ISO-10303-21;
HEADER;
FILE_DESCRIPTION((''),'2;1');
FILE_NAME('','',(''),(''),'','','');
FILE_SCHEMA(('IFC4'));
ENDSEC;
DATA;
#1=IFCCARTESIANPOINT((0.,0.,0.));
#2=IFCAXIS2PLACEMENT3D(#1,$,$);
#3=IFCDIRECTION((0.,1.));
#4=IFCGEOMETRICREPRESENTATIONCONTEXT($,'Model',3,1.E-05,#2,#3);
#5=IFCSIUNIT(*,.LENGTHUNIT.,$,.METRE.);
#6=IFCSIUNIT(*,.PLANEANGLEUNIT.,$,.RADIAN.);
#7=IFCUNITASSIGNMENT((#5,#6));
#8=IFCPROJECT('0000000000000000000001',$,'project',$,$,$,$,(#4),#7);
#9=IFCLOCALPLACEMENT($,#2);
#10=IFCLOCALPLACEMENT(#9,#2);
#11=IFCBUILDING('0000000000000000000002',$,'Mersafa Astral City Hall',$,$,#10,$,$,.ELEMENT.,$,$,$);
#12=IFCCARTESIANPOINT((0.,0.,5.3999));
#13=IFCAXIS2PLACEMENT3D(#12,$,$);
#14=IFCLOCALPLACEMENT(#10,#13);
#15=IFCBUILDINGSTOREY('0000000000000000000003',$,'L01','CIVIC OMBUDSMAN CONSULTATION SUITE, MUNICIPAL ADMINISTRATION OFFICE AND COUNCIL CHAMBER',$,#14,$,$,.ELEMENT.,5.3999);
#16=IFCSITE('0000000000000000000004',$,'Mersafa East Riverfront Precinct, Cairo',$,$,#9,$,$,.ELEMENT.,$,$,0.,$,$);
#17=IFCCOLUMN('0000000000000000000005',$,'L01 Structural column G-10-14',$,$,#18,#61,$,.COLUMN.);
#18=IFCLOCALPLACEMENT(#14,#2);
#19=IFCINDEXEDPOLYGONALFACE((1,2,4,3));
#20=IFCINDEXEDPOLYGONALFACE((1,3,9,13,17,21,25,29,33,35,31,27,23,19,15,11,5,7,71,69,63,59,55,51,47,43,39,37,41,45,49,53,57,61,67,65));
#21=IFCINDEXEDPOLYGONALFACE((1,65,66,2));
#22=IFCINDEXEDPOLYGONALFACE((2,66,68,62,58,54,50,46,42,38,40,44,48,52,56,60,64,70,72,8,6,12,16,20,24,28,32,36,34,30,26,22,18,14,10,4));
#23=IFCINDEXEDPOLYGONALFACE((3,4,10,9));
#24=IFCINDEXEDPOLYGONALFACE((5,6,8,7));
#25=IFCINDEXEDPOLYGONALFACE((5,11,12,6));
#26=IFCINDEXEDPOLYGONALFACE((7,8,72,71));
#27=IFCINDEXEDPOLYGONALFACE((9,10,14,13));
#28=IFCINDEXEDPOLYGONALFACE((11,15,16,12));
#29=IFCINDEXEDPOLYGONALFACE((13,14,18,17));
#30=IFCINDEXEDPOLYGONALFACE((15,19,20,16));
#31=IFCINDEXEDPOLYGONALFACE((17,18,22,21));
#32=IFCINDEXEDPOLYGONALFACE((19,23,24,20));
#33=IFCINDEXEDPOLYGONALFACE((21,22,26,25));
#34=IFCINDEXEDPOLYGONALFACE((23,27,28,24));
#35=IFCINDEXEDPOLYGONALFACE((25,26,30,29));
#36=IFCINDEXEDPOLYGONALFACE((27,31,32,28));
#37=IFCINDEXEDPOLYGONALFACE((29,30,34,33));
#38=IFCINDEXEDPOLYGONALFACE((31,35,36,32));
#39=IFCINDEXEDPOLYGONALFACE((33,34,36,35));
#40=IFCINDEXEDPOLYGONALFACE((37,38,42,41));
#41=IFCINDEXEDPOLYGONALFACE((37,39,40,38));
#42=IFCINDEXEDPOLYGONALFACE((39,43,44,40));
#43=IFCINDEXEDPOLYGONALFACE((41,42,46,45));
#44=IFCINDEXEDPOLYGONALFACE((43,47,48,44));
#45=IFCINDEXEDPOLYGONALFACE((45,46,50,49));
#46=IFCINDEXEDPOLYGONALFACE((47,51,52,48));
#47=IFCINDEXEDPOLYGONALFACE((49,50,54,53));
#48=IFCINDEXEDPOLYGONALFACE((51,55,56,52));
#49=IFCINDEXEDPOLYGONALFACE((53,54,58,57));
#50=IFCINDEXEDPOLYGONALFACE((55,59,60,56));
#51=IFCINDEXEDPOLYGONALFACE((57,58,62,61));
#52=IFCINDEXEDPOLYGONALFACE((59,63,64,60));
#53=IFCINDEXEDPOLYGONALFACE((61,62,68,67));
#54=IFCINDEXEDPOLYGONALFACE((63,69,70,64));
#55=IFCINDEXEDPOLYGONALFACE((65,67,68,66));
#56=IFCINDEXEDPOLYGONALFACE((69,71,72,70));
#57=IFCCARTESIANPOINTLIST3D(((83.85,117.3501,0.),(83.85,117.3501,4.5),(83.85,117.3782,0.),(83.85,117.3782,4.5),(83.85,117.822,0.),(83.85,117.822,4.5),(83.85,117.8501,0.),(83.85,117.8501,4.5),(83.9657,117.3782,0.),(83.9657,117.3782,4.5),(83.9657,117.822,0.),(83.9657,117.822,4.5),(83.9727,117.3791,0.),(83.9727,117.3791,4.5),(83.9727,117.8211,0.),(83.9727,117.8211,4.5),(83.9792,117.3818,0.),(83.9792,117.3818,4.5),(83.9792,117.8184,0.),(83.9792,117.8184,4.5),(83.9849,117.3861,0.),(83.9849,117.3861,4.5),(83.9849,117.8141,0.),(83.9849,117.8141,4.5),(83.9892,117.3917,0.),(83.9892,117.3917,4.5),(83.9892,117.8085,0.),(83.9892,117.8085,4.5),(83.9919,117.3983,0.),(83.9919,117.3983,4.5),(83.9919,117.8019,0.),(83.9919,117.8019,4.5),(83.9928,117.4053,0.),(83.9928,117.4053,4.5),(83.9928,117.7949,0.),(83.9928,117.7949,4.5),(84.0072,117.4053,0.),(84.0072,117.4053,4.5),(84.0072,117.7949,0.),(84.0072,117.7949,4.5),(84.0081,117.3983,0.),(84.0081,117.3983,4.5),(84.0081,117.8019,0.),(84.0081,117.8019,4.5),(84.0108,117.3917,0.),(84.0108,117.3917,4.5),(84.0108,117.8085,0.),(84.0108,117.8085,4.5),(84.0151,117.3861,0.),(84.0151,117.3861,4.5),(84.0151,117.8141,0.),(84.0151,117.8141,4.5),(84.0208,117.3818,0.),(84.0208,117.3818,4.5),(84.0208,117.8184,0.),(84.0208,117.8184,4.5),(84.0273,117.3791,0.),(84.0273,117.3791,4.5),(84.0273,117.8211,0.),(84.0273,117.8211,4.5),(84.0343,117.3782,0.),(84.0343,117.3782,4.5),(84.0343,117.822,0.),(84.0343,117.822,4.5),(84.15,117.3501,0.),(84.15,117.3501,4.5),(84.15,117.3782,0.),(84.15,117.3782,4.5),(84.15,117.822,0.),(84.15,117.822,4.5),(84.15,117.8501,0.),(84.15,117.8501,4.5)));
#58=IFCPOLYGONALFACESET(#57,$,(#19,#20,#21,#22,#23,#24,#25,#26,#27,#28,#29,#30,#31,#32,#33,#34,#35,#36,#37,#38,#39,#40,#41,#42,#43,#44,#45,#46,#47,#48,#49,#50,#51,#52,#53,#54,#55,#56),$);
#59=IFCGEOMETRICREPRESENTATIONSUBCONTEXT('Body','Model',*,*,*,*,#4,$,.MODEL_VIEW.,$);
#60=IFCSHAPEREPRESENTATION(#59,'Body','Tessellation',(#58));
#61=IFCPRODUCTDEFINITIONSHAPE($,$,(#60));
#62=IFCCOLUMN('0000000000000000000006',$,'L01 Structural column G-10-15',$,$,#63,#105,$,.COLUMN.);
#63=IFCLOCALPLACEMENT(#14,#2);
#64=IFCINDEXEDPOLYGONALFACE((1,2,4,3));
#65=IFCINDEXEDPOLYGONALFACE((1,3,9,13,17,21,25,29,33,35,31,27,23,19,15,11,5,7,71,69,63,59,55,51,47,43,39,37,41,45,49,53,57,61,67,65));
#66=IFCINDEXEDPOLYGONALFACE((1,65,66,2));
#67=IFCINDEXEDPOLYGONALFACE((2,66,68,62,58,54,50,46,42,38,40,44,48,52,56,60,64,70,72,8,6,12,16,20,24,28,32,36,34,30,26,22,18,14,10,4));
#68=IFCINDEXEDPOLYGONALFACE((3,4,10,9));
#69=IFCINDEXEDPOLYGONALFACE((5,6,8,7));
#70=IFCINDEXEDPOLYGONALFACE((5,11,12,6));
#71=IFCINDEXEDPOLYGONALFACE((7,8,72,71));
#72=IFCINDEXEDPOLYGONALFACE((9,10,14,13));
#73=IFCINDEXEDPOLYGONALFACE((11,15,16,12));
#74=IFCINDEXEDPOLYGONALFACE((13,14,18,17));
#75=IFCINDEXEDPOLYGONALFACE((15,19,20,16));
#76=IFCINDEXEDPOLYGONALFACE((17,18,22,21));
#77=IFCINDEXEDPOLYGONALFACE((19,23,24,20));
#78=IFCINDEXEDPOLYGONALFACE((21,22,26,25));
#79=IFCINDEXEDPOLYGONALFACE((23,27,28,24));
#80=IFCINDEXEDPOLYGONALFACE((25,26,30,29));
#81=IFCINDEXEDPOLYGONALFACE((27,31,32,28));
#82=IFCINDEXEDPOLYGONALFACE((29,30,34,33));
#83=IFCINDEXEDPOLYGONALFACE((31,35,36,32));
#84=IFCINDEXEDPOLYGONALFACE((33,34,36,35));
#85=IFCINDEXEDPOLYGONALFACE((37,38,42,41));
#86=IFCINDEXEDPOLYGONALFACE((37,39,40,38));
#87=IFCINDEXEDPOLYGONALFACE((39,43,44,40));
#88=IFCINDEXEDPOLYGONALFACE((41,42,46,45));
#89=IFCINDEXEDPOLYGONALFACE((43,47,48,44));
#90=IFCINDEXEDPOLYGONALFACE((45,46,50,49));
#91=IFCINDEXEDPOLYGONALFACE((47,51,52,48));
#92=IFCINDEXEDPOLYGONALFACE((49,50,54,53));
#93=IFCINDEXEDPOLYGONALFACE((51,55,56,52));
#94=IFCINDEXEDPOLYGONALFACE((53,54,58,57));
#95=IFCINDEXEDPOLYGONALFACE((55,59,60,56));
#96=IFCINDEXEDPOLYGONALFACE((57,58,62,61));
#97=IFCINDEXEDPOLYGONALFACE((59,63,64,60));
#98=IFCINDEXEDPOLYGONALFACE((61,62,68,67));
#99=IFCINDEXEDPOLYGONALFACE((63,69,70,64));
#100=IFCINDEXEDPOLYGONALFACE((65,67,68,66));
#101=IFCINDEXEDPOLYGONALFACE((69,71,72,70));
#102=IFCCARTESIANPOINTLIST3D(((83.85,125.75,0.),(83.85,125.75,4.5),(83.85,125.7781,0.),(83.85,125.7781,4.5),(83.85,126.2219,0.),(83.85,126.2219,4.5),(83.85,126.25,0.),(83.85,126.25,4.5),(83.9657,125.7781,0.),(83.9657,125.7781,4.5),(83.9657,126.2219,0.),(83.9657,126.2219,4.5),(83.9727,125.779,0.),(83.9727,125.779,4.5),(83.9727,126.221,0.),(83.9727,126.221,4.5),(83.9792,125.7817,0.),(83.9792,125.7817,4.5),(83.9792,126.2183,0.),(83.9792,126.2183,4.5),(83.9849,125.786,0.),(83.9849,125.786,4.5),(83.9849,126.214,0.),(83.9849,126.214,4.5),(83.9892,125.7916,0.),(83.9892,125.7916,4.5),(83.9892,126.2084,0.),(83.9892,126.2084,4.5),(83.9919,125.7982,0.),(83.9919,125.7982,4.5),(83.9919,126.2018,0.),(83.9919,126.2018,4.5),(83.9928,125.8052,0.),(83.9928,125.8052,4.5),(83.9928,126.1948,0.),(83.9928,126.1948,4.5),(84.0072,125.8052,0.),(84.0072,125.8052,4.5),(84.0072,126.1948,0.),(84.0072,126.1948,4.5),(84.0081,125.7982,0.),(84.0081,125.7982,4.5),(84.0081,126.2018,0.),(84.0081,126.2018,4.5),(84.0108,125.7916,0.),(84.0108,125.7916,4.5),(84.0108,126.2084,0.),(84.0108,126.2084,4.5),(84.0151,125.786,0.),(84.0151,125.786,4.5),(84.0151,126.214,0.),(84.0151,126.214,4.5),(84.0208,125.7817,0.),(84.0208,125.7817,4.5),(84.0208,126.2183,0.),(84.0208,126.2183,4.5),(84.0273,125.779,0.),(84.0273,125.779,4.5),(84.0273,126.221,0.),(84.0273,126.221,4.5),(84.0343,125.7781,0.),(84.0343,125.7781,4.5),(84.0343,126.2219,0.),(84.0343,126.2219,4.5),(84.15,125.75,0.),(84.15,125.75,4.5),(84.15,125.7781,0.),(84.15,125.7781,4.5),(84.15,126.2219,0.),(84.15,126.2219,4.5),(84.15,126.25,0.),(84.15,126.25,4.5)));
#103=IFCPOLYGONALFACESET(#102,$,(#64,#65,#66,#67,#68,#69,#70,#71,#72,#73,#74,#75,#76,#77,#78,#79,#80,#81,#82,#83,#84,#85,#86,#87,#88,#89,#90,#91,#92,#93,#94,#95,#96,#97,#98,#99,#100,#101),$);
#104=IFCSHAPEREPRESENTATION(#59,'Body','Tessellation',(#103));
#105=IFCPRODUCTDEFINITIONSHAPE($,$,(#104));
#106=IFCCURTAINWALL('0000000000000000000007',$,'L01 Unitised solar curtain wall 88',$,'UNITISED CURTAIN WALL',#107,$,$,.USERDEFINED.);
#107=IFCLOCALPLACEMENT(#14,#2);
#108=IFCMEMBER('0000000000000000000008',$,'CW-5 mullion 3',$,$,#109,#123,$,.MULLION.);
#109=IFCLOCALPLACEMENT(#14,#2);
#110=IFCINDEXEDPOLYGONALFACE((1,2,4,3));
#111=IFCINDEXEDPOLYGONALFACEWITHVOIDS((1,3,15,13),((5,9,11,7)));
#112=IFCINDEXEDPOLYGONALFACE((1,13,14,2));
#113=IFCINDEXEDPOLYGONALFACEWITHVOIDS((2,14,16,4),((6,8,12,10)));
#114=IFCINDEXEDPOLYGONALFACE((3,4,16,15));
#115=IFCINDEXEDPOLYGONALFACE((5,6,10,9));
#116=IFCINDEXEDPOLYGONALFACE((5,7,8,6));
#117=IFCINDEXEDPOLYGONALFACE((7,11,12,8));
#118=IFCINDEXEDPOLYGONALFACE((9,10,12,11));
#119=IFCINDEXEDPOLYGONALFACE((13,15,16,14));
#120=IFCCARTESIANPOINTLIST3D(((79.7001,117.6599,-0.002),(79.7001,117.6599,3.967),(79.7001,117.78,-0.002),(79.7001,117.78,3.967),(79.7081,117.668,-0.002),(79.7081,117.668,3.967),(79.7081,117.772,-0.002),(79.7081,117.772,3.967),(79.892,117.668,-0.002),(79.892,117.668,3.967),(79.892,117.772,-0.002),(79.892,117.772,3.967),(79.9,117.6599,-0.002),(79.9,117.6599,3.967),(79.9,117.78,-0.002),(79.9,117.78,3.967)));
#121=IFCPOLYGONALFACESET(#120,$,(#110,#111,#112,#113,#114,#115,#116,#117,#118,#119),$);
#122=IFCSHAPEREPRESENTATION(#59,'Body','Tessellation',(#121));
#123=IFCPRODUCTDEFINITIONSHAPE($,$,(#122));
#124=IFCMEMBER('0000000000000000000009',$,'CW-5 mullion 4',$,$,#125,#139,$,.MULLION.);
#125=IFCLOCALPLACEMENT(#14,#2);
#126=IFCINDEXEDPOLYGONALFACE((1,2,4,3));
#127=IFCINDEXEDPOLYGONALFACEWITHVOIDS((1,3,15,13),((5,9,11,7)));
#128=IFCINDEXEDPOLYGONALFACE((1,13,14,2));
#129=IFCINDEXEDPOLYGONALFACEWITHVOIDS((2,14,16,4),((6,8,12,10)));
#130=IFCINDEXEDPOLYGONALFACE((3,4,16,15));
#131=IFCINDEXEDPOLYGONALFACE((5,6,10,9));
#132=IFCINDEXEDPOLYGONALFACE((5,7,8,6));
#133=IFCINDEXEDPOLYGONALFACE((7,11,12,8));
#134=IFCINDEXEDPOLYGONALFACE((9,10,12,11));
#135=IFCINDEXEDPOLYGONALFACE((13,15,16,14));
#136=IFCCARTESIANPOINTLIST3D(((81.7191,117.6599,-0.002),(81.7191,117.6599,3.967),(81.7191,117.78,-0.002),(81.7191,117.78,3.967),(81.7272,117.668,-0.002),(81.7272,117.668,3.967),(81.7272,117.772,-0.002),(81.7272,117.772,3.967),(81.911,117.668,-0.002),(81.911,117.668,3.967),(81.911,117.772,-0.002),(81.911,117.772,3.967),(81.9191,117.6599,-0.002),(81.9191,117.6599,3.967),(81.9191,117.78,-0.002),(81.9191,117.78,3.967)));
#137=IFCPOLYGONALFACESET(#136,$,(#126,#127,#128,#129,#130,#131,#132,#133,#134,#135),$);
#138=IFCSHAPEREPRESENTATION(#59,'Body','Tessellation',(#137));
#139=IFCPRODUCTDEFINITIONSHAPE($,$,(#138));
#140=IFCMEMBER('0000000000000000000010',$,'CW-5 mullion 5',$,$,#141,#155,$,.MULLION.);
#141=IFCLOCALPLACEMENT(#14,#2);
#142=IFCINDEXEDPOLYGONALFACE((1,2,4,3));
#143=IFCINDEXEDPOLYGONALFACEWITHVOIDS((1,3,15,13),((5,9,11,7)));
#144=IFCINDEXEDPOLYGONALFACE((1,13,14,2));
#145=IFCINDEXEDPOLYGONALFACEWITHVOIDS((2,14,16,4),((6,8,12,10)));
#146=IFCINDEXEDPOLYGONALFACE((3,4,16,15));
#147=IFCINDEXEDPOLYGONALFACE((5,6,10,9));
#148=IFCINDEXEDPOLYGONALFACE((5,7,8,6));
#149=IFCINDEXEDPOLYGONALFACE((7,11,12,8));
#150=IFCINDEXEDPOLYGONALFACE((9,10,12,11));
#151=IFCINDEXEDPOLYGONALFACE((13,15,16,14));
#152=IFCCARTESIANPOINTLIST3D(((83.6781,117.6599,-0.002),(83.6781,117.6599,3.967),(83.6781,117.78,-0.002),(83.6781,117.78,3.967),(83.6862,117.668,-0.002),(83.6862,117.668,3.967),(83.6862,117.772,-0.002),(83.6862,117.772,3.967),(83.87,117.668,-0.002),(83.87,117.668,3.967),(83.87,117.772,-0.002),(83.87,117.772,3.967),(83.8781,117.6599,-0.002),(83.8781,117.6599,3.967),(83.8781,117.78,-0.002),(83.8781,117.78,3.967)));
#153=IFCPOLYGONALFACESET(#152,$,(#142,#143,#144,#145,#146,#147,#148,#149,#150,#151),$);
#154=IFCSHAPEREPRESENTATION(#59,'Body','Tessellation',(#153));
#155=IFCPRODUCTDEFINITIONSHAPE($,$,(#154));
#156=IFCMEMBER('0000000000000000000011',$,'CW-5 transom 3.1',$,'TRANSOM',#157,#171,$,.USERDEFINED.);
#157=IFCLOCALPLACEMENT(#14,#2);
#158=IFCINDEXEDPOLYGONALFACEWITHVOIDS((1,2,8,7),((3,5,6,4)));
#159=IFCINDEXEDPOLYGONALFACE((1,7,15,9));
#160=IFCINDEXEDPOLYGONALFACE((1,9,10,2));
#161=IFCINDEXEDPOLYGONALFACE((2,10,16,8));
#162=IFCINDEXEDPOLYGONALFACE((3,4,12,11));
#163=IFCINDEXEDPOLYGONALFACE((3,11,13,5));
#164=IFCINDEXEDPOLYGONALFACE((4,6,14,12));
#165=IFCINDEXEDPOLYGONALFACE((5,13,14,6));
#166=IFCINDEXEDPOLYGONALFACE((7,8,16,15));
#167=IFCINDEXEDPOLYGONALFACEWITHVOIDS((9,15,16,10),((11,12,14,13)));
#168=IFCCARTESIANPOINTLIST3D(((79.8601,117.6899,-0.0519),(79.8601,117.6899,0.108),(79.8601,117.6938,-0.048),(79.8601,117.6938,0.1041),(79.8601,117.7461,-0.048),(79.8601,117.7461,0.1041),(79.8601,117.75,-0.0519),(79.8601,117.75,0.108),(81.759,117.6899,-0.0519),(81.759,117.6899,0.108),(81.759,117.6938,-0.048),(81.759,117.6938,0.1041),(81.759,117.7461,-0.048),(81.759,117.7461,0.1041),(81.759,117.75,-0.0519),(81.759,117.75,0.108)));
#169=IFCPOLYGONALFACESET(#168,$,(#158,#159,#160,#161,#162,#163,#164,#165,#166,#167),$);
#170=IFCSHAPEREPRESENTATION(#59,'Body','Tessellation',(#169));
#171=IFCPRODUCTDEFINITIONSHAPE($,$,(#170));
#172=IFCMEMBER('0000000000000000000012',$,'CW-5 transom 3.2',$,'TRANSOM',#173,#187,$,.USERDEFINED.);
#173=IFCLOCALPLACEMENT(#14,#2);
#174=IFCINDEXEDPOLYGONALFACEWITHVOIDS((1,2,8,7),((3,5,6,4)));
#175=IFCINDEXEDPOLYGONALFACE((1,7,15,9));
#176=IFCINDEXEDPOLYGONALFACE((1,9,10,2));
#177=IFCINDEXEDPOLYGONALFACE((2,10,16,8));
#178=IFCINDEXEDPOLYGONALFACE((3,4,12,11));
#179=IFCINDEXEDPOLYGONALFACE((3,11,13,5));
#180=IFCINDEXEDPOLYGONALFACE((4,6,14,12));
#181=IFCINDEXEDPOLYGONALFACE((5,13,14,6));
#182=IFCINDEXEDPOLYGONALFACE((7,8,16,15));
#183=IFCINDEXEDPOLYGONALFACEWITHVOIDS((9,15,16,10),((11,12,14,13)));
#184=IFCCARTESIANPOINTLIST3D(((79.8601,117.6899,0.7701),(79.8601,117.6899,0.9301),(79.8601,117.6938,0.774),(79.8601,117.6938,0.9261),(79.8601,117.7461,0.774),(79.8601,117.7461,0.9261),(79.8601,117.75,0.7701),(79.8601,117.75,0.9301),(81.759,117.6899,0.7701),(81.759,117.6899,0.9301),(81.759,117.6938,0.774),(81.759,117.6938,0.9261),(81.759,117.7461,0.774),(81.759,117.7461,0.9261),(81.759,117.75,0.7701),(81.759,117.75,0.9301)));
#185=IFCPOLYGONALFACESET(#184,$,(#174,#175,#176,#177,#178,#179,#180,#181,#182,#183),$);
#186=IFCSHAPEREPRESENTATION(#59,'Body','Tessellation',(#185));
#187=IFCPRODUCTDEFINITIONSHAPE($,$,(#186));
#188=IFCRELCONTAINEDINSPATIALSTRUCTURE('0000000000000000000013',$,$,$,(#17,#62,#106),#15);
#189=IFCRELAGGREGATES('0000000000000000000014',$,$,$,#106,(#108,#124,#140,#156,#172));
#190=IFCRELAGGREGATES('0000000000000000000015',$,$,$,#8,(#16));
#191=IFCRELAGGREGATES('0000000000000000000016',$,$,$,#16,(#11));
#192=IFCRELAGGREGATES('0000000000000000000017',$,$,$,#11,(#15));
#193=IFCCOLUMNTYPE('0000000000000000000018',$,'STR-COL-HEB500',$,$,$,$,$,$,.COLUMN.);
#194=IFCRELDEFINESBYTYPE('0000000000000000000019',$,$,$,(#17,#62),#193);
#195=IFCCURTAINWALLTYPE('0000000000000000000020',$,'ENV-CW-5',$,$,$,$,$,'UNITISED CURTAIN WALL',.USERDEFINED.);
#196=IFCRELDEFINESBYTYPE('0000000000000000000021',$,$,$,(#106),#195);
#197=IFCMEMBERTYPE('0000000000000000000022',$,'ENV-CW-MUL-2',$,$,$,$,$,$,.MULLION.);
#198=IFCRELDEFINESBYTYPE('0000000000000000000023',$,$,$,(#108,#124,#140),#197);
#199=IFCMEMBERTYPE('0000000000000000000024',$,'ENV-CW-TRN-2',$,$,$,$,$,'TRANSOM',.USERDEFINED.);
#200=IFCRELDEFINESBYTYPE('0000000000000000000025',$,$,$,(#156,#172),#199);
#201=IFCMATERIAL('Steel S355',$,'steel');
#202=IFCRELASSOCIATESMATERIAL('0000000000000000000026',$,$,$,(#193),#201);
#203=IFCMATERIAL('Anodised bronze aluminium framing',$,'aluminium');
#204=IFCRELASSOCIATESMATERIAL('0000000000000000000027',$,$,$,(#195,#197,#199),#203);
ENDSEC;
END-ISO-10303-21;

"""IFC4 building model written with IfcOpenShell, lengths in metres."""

from ifc_helpers import new_model, si_unit, direction, frame, origin, origin_2d, place, context, subcontext, project, spatial, hollow_rectangle, i_section, extrude, material, material_profile, profile_set, type_object, element, aggregate, save


model = new_model("IFC4")

# Units and contexts
model_context = context("Model", 3, precision=1e-05, world=origin(), true_north=direction((0.0, 1.0)))
body_context = subcontext(model_context, "Body", "Model", "MODEL_VIEW")
ifc_project = project(units=[si_unit("LENGTHUNIT", "METRE"), si_unit("PLANEANGLEUNIT", "RADIAN")], contexts=[model_context])

# Site, building, storey
site_placement = place(None, origin())
site = spatial("IfcSite", under=ifc_project, at=site_placement, Name="Mersafa East Riverfront Precinct, Cairo", CompositionType="ELEMENT", RefElevation=0.0)
building_placement = place(site_placement, origin())
building = spatial("IfcBuilding", under=site, at=building_placement, Name="Mersafa Astral City Hall", CompositionType="ELEMENT")
storey_placement = place(building_placement, frame((0.0, 0.0, 5.3999)))
storey = spatial("IfcBuildingStorey", under=building, at=storey_placement, Name="L01", Description="CIVIC OMBUDSMAN CONSULTATION SUITE, MUNICIPAL ADMINISTRATION OFFICE AND COUNCIL CHAMBER", CompositionType="ELEMENT", Elevation=5.3999)

# Columns
ifc_material_1 = material(Name="Steel S355", Category="steel")
ifc_material_profile_1 = material_profile(ifc_material_1, i_section(OverallWidth=0.3, OverallDepth=0.5, WebThickness=0.0144, FlangeThickness=0.0281, FilletRadius=0.0271, at=origin_2d()), Name="HEB 500")
ifc_profile_set_1 = profile_set([ifc_material_profile_1], Name="Steel S355")
column_type = type_object("IfcColumnType", Name="STR-COL-HEB500", PredefinedType="COLUMN", material=ifc_profile_set_1)
for number, where, z_axis, x_axis, name in (
    (1, (84.0, 117.6001, 0.0), (0.0, 0.0, 1.0), (1.0, 0.0, 0.0), "L01 Structural column G-10-14"),
    (2, (84.0, 126.0, 0.0), (0.0, 0.0, 1.0), (1.0, 0.0, 0.0), "L01 Structural column G-10-15"),
):
    element("IfcColumn", number, at=place(storey_placement, frame(where, z_axis=z_axis, x_axis=x_axis)), inside=storey, type_object=column_type, Name=name, PredefinedType="COLUMN", context=body_context, shape_type="SweptSolid", body=[
        extrude(i_section(OverallWidth=0.3, OverallDepth=0.5, WebThickness=0.0144, FlangeThickness=0.0281, FilletRadius=0.0271, at=origin_2d()), origin(), (0.0, 0.0, 1.0), 4.5),
    ])

# Curtain wall, members
ifc_material_2 = material(Name="Anodised bronze aluminium framing", Category="aluminium")
curtain_wall_type = type_object("IfcCurtainWallType", Name="ENV-CW-5", ElementType="UNITISED CURTAIN WALL", PredefinedType="USERDEFINED", material=ifc_material_2)
curtain_wall_placement = place(storey_placement, origin())
curtain_wall = element("IfcCurtainWall", 3, at=curtain_wall_placement, inside=storey, type_object=curtain_wall_type, Name="L01 Unitised solar curtain wall 88", ObjectType="UNITISED CURTAIN WALL", PredefinedType="USERDEFINED")
ifc_material_profile_2 = material_profile(ifc_material_2, hollow_rectangle(XDim=0.1201, YDim=0.2, WallThickness=0.0081, at=origin_2d()), Name="RHS 120x200x8")
ifc_profile_set_2 = profile_set([ifc_material_profile_2], Name="Anodised bronze aluminium framing")
member_type_1 = type_object("IfcMemberType", Name="ENV-CW-MUL-2", PredefinedType="MULLION", material=ifc_profile_set_2)
member_1_placement = place(storey_placement, frame((79.8, 117.72, -0.002), z_axis=(0.0, 0.0, 1.0), x_axis=(0.0, 1.0, 0.0)))
member_1 = element("IfcMember", 4, at=member_1_placement, type_object=member_type_1, Name="CW-5 mullion 3", PredefinedType="MULLION", context=body_context, shape_type="SweptSolid", body=[
    extrude(hollow_rectangle(XDim=0.1201, YDim=0.2, WallThickness=0.0081, at=origin_2d()), origin(), (0.0, 0.0, 1.0), 3.969),
])
member_2_placement = place(storey_placement, frame((81.8191, 117.72, -0.002), z_axis=(0.0, 0.0, 1.0), x_axis=(0.0, 1.0, 0.0)))
member_2 = element("IfcMember", 5, at=member_2_placement, type_object=member_type_1, Name="CW-5 mullion 4", PredefinedType="MULLION", context=body_context, shape_type="SweptSolid", body=[
    extrude(hollow_rectangle(XDim=0.1201, YDim=0.2, WallThickness=0.0081, at=origin_2d()), origin(), (0.0, 0.0, 1.0), 3.969),
])
member_3_placement = place(storey_placement, frame((83.7781, 117.72, -0.002), z_axis=(0.0, 0.0, 1.0), x_axis=(0.0, 1.0, 0.0)))
member_3 = element("IfcMember", 6, at=member_3_placement, type_object=member_type_1, Name="CW-5 mullion 5", PredefinedType="MULLION", context=body_context, shape_type="SweptSolid", body=[
    extrude(hollow_rectangle(XDim=0.1201, YDim=0.2, WallThickness=0.0081, at=origin_2d()), origin(), (0.0, 0.0, 1.0), 3.969),
])
ifc_material_profile_3 = material_profile(ifc_material_2, hollow_rectangle(XDim=0.0601, YDim=0.1599, WallThickness=0.0039, at=origin_2d()), Name="RHS 60x160x4")
ifc_profile_set_3 = profile_set([ifc_material_profile_3], Name="Anodised bronze aluminium framing")
member_type_2 = type_object("IfcMemberType", Name="ENV-CW-TRN-2", ElementType="TRANSOM", PredefinedType="USERDEFINED", material=ifc_profile_set_3)
member_4_placement = place(storey_placement, frame((79.8601, 117.72, 0.0281), z_axis=(1.0, 0.0, 0.0), x_axis=(0.0, 1.0, 0.0)))
member_4 = element("IfcMember", 7, at=member_4_placement, type_object=member_type_2, Name="CW-5 transom 3.1", ObjectType="TRANSOM", PredefinedType="USERDEFINED", context=body_context, shape_type="SweptSolid", body=[
    extrude(hollow_rectangle(XDim=0.0601, YDim=0.1599, WallThickness=0.0039, at=origin_2d()), origin(), (0.0, 0.0, 1.0), 1.8989),
])
member_5_placement = place(storey_placement, frame((79.8601, 117.72, 0.8501), z_axis=(1.0, 0.0, 0.0), x_axis=(0.0, 1.0, 0.0)))
member_5 = element("IfcMember", 8, at=member_5_placement, type_object=member_type_2, Name="CW-5 transom 3.2", ObjectType="TRANSOM", PredefinedType="USERDEFINED", context=body_context, shape_type="SweptSolid", body=[
    extrude(hollow_rectangle(XDim=0.0601, YDim=0.1599, WallThickness=0.0039, at=origin_2d()), origin(), (0.0, 0.0, 1.0), 1.8989),
])

aggregate(curtain_wall, [member_1, member_2, member_3, member_4, member_5])

save(model, "model.ifc")
